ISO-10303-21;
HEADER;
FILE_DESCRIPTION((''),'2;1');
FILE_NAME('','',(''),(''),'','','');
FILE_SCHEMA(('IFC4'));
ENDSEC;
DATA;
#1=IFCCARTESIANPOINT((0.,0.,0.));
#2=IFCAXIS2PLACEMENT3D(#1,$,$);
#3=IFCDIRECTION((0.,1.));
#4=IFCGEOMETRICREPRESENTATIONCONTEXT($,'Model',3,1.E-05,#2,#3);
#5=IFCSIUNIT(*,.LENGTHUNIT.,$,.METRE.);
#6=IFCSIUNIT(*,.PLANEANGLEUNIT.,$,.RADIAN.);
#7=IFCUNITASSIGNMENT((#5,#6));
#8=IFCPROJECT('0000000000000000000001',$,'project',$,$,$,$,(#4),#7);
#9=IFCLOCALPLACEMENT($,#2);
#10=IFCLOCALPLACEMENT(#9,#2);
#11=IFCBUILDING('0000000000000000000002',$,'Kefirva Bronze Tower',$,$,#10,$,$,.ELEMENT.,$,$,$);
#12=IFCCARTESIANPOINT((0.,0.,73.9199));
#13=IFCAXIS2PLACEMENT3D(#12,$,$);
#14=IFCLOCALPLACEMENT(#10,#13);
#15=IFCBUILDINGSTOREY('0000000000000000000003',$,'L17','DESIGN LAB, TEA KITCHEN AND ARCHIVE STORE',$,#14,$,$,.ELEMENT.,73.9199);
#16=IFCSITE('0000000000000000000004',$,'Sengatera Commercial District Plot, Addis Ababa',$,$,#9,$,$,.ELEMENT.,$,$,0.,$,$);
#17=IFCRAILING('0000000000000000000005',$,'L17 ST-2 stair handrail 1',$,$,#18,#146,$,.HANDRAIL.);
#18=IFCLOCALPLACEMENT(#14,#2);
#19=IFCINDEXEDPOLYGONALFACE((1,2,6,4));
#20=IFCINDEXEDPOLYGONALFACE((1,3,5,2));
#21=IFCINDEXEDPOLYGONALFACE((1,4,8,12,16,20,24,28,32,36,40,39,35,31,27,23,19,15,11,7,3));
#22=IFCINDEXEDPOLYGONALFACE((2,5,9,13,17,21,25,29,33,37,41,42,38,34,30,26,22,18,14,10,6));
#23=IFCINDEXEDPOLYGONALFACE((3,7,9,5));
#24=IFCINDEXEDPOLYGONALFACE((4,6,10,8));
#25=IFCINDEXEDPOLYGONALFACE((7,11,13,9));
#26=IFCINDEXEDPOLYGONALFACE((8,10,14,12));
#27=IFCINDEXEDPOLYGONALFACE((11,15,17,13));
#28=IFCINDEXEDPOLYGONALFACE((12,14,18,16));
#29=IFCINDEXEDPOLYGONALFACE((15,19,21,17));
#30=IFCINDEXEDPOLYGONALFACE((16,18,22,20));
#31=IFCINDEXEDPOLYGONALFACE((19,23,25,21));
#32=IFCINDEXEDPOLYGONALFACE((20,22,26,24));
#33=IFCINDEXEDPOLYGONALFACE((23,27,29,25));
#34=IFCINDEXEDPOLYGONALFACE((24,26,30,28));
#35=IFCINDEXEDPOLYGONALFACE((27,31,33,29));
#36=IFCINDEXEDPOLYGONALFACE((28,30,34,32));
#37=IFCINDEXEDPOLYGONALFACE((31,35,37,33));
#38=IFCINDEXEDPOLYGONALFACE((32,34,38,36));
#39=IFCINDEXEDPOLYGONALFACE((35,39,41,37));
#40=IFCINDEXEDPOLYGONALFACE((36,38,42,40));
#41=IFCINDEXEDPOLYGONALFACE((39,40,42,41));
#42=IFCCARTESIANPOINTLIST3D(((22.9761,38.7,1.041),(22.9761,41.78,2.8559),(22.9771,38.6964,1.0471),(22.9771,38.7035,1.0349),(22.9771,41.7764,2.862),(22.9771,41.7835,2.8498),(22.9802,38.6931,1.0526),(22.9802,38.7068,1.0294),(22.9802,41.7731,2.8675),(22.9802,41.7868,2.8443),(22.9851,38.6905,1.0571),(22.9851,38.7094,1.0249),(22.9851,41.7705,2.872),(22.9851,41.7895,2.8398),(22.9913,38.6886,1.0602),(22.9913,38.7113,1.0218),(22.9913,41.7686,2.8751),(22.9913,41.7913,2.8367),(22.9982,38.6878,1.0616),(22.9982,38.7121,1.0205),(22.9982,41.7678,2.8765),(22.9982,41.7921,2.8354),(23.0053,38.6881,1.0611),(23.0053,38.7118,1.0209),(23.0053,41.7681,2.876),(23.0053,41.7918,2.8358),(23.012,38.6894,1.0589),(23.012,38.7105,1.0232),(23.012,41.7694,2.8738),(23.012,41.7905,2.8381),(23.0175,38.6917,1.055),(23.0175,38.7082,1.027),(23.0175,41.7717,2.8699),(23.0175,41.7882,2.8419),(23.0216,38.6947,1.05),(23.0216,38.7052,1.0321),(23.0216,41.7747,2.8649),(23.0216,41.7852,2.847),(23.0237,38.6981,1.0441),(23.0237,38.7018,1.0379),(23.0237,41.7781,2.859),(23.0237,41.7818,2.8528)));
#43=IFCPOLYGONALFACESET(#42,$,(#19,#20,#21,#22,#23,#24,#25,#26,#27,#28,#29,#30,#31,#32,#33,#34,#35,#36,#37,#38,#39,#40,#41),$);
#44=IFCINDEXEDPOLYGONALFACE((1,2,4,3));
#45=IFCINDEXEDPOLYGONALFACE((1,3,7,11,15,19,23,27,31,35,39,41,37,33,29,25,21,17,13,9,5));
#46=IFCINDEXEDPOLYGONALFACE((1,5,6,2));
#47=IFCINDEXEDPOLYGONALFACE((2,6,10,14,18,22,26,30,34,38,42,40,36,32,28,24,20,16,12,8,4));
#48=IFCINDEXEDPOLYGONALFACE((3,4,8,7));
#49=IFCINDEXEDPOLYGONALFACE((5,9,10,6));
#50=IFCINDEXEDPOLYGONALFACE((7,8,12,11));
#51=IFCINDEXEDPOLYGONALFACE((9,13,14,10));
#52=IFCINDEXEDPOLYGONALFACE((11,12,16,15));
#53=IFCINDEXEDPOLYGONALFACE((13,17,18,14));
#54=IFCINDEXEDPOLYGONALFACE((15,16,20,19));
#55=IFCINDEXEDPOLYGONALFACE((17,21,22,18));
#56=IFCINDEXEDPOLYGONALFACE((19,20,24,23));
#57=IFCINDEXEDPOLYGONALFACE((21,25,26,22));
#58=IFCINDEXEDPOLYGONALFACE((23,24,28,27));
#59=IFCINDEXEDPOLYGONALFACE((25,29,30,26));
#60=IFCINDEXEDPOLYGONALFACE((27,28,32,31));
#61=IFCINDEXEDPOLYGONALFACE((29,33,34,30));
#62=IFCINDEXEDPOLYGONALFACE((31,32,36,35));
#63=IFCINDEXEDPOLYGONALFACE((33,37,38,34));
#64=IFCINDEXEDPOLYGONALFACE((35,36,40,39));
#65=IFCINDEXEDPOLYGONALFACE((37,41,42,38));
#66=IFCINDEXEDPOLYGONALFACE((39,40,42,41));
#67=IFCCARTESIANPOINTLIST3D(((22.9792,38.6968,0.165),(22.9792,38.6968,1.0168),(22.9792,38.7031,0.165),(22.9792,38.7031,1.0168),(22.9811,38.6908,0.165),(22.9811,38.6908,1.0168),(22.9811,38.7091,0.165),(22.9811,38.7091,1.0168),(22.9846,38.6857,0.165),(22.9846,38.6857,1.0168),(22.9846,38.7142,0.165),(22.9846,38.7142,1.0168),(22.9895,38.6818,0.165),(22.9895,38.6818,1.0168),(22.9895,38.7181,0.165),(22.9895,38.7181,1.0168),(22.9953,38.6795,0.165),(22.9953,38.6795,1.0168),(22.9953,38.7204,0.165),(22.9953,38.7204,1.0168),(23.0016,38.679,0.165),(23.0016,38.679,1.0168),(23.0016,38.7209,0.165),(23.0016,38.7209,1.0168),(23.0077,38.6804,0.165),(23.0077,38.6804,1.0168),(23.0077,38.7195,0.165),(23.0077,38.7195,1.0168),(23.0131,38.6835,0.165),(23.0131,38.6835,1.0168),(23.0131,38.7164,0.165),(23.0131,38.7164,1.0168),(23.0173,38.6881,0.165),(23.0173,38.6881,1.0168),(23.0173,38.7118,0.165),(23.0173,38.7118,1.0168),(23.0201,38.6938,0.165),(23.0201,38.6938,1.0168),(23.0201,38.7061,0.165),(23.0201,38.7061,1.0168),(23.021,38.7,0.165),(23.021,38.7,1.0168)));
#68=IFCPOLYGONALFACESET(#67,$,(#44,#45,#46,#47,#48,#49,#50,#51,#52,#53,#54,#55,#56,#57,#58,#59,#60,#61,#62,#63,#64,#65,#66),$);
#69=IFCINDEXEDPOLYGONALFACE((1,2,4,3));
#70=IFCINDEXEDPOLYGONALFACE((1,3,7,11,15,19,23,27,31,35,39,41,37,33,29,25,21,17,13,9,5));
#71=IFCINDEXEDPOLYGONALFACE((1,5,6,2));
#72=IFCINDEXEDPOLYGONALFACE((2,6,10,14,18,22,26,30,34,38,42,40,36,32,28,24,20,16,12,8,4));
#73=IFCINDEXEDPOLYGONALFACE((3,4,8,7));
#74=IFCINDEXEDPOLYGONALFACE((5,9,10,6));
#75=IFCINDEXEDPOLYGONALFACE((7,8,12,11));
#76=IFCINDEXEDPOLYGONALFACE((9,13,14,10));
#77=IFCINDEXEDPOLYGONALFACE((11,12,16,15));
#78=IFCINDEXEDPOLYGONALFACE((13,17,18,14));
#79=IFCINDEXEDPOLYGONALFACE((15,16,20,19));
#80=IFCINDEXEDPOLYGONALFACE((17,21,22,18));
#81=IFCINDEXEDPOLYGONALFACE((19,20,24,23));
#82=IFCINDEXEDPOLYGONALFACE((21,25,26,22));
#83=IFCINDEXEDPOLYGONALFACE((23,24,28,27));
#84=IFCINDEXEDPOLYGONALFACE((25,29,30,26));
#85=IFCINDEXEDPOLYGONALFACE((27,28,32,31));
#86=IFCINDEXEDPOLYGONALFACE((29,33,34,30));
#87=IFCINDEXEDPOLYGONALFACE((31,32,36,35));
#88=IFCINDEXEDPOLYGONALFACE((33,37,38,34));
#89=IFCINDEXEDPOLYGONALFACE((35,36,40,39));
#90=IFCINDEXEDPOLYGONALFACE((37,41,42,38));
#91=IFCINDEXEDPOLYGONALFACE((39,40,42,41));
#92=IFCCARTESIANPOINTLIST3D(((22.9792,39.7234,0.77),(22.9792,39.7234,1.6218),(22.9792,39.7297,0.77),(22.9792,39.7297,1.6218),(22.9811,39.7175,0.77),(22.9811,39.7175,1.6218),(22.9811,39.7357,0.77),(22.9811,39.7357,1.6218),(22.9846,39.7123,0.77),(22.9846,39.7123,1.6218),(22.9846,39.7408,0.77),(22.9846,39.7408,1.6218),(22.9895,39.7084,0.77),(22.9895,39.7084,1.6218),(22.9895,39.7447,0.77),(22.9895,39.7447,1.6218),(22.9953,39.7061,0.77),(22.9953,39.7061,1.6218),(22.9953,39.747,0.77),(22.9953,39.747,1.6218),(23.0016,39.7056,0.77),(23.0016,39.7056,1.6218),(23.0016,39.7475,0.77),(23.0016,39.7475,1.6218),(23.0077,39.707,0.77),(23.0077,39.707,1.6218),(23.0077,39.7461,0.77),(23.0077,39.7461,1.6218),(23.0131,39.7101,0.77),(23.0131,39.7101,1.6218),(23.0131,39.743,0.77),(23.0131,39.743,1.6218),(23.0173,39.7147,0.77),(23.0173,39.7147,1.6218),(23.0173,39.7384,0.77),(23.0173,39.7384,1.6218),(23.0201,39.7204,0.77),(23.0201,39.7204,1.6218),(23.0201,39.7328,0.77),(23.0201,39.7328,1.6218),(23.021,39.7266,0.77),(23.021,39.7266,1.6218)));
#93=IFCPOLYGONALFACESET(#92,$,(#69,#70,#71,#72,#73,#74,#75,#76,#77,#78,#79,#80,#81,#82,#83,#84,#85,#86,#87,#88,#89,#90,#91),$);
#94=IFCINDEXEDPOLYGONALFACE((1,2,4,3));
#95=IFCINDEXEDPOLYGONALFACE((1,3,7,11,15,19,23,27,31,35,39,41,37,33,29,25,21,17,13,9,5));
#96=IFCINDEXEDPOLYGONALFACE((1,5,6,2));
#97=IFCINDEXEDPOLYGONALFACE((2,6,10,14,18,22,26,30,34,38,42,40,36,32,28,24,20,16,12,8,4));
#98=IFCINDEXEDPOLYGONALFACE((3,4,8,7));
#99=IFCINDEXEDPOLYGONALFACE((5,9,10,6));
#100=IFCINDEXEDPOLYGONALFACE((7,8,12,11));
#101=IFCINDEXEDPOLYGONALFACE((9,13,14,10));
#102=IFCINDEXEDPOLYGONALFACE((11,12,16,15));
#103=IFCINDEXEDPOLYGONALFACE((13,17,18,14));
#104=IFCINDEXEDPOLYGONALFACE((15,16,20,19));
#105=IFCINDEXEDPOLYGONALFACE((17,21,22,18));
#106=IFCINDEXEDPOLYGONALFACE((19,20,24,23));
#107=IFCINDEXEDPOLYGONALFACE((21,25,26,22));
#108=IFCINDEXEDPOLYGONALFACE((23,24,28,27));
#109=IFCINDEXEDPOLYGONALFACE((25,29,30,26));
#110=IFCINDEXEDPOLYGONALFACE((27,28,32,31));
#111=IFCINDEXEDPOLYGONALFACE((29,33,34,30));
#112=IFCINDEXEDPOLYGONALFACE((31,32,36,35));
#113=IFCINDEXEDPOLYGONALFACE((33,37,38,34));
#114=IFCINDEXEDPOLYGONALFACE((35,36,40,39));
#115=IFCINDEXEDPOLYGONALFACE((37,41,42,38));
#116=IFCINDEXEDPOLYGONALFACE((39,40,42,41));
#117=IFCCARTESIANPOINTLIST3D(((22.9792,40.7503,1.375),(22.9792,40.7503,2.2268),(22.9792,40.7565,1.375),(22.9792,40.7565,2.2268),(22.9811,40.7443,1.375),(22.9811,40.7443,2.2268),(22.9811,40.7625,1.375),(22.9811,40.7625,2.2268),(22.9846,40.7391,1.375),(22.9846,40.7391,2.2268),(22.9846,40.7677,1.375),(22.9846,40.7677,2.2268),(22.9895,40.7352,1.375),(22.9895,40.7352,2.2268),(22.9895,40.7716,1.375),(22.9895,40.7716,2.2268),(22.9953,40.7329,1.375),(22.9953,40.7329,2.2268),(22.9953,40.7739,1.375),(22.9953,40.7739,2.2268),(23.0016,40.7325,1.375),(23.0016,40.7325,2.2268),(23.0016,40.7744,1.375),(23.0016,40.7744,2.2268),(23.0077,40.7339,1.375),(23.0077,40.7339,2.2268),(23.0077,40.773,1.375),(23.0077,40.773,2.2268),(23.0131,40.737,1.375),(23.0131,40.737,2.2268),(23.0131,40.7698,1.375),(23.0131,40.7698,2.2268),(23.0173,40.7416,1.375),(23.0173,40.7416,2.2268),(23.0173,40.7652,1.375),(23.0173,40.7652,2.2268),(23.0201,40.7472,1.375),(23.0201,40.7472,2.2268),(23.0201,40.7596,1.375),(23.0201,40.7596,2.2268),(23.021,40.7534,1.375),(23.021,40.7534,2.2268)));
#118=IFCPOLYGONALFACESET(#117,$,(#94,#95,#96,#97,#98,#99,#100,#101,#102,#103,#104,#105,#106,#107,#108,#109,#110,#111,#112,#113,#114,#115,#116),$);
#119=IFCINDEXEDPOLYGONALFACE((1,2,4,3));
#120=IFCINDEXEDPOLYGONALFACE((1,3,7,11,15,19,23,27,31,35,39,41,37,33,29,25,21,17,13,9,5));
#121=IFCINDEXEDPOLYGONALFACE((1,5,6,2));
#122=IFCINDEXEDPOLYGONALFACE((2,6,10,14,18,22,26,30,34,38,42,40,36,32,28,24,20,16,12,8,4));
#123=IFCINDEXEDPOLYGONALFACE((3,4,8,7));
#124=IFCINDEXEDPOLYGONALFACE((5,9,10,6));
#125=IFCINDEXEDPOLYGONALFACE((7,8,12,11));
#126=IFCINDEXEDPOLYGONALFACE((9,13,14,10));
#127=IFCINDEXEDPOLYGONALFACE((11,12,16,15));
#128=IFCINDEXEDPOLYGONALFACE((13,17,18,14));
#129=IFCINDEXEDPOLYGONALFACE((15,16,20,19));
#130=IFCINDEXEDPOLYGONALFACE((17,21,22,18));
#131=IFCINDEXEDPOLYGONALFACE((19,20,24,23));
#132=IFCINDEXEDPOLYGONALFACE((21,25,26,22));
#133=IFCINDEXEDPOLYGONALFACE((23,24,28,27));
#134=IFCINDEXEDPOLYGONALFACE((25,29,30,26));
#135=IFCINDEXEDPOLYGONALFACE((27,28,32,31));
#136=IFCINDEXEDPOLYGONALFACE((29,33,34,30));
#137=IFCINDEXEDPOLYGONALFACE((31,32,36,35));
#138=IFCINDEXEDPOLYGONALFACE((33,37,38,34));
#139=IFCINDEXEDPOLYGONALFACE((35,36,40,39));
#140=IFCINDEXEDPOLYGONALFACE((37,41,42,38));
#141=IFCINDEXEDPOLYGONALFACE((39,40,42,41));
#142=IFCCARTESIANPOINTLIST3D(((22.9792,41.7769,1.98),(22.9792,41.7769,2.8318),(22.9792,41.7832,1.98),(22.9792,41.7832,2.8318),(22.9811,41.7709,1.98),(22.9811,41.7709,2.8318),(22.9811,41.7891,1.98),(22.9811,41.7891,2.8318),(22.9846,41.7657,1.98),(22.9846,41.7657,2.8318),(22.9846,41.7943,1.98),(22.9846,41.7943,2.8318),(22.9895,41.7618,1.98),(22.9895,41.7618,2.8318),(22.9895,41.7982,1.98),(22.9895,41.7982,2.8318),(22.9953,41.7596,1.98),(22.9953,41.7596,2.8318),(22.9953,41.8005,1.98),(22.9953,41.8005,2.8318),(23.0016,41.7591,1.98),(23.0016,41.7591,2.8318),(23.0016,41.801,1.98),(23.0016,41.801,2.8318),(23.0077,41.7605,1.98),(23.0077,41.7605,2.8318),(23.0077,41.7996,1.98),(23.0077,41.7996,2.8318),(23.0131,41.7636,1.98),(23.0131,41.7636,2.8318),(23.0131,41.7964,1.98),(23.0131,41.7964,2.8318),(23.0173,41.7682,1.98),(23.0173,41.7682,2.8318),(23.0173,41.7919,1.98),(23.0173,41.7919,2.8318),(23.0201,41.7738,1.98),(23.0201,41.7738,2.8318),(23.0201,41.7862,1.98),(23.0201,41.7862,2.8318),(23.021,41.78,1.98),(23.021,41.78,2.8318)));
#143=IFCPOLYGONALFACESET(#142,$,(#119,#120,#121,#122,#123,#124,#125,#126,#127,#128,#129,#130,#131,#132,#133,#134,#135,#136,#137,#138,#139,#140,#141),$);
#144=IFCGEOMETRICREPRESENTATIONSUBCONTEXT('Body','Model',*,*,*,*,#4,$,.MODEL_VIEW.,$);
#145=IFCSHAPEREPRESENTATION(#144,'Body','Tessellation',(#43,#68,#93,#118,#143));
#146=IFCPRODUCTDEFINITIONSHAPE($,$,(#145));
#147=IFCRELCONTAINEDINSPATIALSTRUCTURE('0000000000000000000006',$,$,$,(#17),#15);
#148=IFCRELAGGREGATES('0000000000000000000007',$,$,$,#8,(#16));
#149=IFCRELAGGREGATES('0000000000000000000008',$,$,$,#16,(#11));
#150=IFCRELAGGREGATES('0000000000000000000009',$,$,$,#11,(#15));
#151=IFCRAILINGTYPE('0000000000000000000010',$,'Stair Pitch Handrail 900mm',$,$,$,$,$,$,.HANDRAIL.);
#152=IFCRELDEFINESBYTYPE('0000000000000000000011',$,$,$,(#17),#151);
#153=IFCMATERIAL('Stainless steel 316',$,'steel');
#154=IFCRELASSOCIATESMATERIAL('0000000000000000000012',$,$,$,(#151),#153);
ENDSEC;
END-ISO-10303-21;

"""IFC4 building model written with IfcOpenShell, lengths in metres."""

from ifc_helpers import new_model, si_unit, direction, frame, origin, origin_2d, place, context, subcontext, project, spatial, circle, extrude, material, type_object, element, save


model = new_model("IFC4")

# Units and contexts
model_context = context("Model", 3, precision=1e-05, world=origin(), true_north=direction((0.0, 1.0)))
body_context = subcontext(model_context, "Body", "Model", "MODEL_VIEW")
ifc_project = project(units=[si_unit("LENGTHUNIT", "METRE"), si_unit("PLANEANGLEUNIT", "RADIAN")], contexts=[model_context])

# Site, building, storey
site_placement = place(None, origin())
site = spatial("IfcSite", under=ifc_project, at=site_placement, Name="Sengatera Commercial District Plot, Addis Ababa", CompositionType="ELEMENT", RefElevation=0.0)
building_placement = place(site_placement, origin())
building = spatial("IfcBuilding", under=site, at=building_placement, Name="Kefirva Bronze Tower", CompositionType="ELEMENT")
storey_placement = place(building_placement, frame((0.0, 0.0, 73.9199)))
storey = spatial("IfcBuildingStorey", under=building, at=storey_placement, Name="L17", Description="DESIGN LAB, TEA KITCHEN AND ARCHIVE STORE", CompositionType="ELEMENT", Elevation=73.9199)

# Railing
ifc_material_1 = material(Name="Stainless steel 316", Category="steel")
railing_type_1 = type_object("IfcRailingType", Name="Stair Pitch Handrail 900mm", PredefinedType="HANDRAIL", material=ifc_material_1)
railing_1_placement = place(storey_placement, frame((23.0, 38.7, 0.165)))
element("IfcRailing", 1, at=railing_1_placement, inside=storey, type_object=railing_type_1, Name="L17 ST-2 stair handrail 1", PredefinedType="HANDRAIL", context=body_context, shape_type="SweptSolid", body=[
    extrude(circle(Radius=0.0239, at=origin_2d()), frame((0.0, 0.0, 0.876), z_axis=(0.0, 0.861551, 0.507671), x_axis=(-1.0, 0.0, 0.0)), (0.0, 0.0, 1.0), 3.575),
    extrude(circle(Radius=0.021, at=origin_2d()), origin(), (0.0, 0.0, 1.0), 0.8518),
    extrude(circle(Radius=0.021, at=origin_2d()), frame((0.0, 1.0266, 0.605)), (0.0, 0.0, 1.0), 0.8518),
    extrude(circle(Radius=0.021, at=origin_2d()), frame((0.0, 2.0535, 1.21)), (0.0, 0.0, 1.0), 0.8518),
    extrude(circle(Radius=0.021, at=origin_2d()), frame((0.0, 3.0801, 1.8149)), (0.0, 0.0, 1.0), 0.8518),
])

save(model, "model.ifc")
